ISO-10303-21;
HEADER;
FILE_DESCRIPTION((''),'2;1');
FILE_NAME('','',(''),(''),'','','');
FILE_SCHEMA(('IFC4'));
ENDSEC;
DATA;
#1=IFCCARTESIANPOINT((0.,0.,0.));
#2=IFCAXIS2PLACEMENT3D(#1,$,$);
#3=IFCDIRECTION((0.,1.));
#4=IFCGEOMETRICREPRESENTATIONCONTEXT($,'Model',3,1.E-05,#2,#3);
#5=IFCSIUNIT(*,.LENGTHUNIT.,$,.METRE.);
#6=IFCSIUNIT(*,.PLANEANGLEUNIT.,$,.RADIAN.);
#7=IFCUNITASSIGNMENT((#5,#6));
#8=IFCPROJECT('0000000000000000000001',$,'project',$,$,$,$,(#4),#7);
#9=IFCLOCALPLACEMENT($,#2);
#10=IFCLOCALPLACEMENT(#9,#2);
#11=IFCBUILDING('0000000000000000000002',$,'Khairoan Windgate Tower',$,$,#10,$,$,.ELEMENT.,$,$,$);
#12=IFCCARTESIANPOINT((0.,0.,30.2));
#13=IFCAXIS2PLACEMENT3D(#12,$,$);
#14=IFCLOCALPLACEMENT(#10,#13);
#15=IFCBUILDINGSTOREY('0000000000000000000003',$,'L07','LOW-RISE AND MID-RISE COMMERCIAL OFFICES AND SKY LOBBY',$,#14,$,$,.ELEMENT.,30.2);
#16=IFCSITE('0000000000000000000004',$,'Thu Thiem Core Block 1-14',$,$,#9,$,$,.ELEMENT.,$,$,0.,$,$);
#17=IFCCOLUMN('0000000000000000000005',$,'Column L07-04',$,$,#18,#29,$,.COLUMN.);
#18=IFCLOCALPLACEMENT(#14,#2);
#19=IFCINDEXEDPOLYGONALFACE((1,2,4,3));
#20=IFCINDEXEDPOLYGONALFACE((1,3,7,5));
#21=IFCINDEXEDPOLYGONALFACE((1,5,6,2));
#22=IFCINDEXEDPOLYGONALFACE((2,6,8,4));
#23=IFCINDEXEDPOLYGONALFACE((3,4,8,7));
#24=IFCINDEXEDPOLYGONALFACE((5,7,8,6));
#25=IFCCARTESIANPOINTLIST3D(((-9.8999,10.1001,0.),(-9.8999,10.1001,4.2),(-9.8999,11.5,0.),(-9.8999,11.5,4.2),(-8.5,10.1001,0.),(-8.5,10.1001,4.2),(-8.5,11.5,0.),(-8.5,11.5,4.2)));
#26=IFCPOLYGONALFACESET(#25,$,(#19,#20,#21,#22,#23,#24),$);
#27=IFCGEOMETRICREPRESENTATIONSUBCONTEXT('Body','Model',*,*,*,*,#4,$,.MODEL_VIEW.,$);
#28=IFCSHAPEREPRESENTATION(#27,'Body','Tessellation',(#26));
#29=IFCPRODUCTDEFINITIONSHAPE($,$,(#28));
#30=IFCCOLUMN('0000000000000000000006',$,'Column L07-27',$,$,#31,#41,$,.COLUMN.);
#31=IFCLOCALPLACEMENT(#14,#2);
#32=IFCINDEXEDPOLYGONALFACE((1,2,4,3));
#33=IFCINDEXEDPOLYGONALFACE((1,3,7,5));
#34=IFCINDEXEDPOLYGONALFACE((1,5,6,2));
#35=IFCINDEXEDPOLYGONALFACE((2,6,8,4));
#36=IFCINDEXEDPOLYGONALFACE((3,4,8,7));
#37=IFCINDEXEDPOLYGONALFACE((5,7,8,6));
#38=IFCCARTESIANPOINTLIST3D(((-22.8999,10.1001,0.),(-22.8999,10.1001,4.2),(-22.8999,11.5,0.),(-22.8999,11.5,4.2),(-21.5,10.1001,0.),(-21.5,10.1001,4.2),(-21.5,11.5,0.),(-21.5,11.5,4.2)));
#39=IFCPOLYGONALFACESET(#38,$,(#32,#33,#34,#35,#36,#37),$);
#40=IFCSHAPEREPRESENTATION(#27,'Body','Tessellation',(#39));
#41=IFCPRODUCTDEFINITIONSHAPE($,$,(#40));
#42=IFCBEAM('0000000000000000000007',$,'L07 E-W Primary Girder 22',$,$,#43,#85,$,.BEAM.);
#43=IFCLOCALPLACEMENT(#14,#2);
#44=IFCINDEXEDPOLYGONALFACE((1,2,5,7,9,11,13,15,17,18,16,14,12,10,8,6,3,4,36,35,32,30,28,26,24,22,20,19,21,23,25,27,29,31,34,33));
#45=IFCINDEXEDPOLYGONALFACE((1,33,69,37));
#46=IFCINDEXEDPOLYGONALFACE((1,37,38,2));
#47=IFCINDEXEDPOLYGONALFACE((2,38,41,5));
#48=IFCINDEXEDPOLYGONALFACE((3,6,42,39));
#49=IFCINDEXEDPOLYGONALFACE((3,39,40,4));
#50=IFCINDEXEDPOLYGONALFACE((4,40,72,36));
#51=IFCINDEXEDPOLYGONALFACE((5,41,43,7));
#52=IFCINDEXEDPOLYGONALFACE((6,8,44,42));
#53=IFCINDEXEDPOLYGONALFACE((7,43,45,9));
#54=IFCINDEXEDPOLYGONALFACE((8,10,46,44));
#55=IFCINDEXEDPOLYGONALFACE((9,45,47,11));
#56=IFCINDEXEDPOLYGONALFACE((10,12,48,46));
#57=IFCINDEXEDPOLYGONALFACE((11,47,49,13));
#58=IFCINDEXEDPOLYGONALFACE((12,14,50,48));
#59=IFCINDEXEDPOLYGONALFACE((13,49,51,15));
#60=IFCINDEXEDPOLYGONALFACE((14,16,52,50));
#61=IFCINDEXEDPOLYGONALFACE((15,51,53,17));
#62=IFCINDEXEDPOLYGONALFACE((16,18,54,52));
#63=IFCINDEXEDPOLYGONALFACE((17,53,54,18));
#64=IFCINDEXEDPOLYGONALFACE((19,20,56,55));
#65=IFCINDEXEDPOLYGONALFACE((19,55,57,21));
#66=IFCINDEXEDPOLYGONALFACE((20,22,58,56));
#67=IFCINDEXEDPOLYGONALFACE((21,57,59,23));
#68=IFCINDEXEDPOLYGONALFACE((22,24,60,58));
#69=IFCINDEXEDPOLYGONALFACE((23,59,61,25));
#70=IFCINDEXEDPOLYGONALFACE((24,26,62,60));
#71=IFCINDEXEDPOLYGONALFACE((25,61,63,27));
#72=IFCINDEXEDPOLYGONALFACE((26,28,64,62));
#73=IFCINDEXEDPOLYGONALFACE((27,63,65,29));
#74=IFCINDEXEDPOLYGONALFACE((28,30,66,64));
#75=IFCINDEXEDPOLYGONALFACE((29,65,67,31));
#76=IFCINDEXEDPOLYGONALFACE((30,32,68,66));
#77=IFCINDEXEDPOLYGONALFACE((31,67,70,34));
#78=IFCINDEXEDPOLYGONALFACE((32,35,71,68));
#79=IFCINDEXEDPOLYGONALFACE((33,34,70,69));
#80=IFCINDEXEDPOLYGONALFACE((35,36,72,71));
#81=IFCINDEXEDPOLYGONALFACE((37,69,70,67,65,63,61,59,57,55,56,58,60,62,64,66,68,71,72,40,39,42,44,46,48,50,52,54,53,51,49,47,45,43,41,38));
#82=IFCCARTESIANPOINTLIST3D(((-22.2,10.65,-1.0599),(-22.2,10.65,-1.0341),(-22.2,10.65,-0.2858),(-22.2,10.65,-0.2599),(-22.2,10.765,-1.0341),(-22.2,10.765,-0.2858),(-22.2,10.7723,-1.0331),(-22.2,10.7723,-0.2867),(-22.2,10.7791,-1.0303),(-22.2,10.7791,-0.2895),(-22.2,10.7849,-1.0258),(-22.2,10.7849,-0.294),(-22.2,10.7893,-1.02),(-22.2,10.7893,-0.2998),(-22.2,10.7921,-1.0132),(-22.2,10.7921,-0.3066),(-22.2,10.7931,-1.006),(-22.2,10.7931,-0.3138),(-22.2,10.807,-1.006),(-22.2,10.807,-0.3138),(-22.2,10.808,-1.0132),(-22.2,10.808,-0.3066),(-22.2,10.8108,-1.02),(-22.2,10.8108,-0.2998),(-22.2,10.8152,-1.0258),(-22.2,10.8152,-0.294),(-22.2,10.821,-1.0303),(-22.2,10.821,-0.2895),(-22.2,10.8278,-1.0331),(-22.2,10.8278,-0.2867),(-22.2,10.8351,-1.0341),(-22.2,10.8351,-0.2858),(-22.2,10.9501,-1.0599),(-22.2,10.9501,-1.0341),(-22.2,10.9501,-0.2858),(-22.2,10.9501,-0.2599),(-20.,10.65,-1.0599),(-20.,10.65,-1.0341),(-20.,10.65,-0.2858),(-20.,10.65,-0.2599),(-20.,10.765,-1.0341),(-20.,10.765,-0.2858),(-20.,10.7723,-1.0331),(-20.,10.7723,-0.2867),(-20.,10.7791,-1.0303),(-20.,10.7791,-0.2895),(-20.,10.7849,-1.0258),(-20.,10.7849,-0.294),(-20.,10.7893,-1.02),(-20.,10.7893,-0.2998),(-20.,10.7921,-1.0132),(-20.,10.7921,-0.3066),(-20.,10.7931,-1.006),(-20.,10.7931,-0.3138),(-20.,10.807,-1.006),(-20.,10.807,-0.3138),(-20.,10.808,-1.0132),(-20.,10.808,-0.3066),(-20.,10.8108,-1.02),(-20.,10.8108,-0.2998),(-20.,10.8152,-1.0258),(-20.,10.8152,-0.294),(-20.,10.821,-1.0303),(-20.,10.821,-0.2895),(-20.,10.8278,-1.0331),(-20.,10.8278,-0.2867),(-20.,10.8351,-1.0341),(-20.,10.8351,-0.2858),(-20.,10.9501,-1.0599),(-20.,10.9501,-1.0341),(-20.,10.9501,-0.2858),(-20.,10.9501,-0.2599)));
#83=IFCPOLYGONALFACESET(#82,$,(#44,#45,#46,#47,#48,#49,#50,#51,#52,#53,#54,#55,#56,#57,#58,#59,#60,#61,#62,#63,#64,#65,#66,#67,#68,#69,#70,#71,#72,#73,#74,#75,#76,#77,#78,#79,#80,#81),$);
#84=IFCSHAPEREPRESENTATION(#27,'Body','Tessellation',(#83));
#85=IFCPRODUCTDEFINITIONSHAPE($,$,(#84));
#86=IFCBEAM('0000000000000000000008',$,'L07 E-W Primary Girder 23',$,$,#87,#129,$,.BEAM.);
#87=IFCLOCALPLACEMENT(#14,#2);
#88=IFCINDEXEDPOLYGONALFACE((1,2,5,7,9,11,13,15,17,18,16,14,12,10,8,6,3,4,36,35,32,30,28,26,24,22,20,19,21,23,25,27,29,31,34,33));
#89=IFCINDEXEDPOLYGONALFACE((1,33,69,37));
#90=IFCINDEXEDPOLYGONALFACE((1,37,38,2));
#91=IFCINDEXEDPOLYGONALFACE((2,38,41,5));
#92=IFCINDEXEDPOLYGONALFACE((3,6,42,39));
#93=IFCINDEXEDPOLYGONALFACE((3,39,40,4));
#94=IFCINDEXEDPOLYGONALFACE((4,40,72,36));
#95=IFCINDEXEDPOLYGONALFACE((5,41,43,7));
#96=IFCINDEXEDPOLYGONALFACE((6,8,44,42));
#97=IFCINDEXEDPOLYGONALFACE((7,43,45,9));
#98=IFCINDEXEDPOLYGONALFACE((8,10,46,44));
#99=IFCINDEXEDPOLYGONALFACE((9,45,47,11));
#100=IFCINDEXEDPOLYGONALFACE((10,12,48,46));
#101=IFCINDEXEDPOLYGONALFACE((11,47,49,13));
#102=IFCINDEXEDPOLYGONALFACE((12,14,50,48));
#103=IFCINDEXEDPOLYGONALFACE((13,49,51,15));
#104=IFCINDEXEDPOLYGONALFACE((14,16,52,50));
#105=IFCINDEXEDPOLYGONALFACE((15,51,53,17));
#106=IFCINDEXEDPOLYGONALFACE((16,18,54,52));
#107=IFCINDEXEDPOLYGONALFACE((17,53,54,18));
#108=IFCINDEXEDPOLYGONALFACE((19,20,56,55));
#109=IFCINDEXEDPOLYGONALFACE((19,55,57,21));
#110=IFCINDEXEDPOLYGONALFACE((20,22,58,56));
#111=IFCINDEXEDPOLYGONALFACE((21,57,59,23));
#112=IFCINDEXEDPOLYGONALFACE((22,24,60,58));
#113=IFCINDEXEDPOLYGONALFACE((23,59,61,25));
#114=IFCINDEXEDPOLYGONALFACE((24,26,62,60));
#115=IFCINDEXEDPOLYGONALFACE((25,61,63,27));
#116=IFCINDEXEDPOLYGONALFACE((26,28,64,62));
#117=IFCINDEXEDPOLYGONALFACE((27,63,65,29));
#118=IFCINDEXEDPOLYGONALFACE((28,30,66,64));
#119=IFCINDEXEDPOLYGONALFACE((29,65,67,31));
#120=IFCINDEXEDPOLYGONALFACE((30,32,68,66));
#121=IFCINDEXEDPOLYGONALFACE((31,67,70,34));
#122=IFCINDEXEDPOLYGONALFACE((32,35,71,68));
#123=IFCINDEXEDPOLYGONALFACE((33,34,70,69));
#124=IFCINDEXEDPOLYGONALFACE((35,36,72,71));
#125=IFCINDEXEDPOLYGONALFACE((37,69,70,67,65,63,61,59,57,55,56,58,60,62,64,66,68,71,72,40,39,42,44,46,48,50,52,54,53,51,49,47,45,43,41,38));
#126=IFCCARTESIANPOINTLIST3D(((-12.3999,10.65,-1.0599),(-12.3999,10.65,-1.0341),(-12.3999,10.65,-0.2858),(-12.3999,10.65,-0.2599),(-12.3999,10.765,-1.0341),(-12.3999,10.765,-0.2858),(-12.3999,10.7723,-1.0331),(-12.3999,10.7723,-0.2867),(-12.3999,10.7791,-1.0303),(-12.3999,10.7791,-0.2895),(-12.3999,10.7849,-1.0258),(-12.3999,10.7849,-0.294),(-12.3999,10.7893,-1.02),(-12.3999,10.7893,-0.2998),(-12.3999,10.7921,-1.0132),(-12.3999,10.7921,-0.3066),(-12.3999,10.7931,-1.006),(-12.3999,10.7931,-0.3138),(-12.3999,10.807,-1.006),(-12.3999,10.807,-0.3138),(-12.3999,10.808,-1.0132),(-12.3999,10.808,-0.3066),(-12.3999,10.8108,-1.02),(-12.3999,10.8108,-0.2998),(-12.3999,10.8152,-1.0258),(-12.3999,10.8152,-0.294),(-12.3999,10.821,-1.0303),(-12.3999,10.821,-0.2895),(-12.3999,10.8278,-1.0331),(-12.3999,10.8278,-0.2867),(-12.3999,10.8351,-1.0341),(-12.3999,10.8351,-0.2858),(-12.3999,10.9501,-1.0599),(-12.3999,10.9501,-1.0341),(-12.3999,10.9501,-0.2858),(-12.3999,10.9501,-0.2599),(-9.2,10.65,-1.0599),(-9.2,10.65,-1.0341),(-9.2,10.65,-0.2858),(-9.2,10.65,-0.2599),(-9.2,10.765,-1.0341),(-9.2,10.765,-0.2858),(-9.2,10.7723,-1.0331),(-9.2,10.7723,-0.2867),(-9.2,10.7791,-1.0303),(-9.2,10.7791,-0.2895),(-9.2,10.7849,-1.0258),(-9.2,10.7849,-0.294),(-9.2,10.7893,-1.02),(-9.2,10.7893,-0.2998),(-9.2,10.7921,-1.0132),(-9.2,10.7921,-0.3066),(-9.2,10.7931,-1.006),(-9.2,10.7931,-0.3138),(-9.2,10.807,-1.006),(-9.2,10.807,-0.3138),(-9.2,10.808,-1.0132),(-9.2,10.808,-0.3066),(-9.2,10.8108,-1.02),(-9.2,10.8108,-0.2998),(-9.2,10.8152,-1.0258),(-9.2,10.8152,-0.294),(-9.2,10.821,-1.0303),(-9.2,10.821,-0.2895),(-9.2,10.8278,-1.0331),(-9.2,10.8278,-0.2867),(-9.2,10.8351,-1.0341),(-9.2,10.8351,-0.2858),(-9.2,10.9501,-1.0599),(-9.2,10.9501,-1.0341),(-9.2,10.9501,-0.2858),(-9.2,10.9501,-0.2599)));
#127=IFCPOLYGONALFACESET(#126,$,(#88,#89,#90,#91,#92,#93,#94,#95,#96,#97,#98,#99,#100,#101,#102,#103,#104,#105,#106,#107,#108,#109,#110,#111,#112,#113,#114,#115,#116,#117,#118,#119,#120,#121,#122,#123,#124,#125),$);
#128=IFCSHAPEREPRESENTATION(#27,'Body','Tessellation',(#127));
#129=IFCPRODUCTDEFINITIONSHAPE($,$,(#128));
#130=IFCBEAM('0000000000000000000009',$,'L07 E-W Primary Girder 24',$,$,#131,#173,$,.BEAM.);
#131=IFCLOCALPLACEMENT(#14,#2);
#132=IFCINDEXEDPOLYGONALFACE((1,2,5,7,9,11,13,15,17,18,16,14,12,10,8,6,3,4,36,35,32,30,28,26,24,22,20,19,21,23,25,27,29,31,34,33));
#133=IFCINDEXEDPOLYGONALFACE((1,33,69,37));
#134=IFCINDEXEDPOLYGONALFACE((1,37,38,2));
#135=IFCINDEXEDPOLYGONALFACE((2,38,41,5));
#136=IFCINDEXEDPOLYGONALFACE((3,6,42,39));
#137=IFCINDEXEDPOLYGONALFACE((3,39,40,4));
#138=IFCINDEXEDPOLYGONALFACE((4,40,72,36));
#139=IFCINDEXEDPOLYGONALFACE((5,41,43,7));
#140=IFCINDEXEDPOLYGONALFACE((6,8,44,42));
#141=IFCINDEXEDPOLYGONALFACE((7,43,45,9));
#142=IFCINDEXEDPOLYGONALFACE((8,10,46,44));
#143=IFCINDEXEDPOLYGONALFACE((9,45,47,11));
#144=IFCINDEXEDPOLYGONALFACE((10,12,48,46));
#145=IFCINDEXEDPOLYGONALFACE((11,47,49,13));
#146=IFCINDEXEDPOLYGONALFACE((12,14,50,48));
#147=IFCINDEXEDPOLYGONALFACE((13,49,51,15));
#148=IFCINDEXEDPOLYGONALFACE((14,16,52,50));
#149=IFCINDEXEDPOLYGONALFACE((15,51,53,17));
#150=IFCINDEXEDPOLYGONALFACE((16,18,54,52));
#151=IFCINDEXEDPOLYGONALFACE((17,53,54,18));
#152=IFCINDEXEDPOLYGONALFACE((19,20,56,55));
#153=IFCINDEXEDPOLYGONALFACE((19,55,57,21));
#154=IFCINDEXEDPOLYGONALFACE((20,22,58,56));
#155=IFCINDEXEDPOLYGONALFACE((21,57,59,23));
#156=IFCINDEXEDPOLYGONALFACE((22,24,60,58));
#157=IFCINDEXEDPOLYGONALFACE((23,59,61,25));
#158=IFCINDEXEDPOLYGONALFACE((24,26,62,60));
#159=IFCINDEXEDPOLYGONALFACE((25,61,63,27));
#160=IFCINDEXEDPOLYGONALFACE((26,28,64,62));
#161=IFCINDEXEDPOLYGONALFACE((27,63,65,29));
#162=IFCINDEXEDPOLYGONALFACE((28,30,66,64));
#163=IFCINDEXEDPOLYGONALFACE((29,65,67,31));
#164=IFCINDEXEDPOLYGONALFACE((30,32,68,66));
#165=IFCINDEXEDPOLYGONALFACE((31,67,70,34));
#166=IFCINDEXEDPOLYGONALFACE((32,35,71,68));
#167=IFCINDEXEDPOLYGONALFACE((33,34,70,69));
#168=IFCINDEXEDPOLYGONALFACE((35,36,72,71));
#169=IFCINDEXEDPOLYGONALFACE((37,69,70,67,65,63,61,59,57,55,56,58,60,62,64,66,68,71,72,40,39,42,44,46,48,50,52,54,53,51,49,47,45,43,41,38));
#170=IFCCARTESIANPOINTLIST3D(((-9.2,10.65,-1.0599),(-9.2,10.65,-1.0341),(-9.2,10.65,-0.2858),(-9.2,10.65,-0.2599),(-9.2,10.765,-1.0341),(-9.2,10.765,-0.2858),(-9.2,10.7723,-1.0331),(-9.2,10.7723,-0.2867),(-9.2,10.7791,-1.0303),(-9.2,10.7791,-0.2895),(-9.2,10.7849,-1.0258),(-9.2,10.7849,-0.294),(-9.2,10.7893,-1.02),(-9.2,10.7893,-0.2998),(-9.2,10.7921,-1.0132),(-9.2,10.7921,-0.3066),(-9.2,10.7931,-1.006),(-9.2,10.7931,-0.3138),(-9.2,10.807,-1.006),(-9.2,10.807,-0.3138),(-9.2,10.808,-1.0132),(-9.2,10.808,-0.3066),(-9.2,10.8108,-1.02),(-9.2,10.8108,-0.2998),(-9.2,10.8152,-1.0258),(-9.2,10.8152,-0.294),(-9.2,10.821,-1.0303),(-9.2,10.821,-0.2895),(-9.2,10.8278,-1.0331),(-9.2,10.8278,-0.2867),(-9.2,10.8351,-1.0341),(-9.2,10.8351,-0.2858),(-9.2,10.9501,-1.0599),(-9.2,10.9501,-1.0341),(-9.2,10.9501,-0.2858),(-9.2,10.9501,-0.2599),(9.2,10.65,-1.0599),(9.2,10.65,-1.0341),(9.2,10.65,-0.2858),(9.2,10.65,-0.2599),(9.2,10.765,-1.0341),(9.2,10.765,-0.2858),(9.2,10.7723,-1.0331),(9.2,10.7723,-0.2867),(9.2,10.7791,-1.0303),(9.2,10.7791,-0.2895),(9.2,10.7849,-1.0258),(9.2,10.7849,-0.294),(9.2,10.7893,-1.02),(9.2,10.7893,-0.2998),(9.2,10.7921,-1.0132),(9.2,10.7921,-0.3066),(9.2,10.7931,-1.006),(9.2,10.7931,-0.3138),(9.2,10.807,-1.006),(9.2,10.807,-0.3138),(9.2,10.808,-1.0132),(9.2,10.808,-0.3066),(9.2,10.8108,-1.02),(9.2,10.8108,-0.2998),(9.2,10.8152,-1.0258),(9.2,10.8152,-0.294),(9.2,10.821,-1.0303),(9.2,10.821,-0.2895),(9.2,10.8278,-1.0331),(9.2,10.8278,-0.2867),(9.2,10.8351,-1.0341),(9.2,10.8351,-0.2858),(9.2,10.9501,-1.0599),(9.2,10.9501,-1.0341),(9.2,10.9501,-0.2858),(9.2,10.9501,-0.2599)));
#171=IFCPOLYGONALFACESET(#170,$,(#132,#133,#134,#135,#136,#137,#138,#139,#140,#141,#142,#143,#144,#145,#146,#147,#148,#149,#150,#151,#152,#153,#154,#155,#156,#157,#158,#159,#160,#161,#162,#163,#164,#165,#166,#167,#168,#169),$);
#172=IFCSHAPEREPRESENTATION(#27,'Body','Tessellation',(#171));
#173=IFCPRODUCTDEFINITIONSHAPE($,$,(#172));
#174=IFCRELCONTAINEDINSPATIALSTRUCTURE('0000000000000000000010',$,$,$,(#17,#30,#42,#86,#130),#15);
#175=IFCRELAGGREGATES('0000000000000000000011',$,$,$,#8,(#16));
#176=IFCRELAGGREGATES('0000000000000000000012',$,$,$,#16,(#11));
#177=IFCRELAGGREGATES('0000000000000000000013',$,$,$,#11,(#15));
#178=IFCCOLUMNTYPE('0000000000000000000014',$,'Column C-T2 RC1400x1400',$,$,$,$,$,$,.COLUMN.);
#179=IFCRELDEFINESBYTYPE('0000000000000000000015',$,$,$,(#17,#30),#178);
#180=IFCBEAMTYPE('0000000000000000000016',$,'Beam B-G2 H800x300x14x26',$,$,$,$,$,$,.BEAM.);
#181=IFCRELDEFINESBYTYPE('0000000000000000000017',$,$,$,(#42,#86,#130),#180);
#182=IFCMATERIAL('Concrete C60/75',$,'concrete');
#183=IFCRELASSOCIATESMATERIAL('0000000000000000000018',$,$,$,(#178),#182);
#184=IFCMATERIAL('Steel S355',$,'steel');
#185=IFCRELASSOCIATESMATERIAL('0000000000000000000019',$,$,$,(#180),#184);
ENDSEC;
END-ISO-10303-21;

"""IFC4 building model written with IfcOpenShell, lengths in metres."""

from ifc_helpers import new_model, si_unit, direction, frame, origin, origin_2d, place, context, subcontext, project, spatial, rectangle, i_section, extrude, material, material_profile, profile_set, type_object, element, save


model = new_model("IFC4")

# Units and contexts
model_context = context("Model", 3, precision=1e-05, world=origin(), true_north=direction((0.0, 1.0)))
body_context = subcontext(model_context, "Body", "Model", "MODEL_VIEW")
ifc_project = project(units=[si_unit("LENGTHUNIT", "METRE"), si_unit("PLANEANGLEUNIT", "RADIAN")], contexts=[model_context])

# Site, building, storey
site_placement = place(None, origin())
site = spatial("IfcSite", under=ifc_project, at=site_placement, Name="Thu Thiem Core Block 1-14", CompositionType="ELEMENT", RefElevation=0.0)
building_placement = place(site_placement, origin())
building = spatial("IfcBuilding", under=site, at=building_placement, Name="Khairoan Windgate Tower", CompositionType="ELEMENT")
storey_placement = place(building_placement, frame((0.0, 0.0, 30.2)))
storey = spatial("IfcBuildingStorey", under=building, at=storey_placement, Name="L07", Description="LOW-RISE AND MID-RISE COMMERCIAL OFFICES AND SKY LOBBY", CompositionType="ELEMENT", Elevation=30.2)

# Columns
ifc_material_1 = material(Name="Concrete C60/75", Category="concrete")
ifc_material_profile_1 = material_profile(ifc_material_1, rectangle(XDim=1.3999, YDim=1.3999, at=origin_2d()))
ifc_profile_set_1 = profile_set([ifc_material_profile_1], Name="Concrete C60/75")
column_type = type_object("IfcColumnType", Name="Column C-T2 RC1400x1400", PredefinedType="COLUMN", material=ifc_profile_set_1)
for number, where, z_axis, x_axis, name in (
    (1, (-9.2, 10.8, 0.0), (0.0, 0.0, 1.0), (1.0, 0.0, 0.0), "Column L07-04"),
    (2, (-22.2, 10.8, 0.0), (0.0, 0.0, 1.0), (1.0, 0.0, 0.0), "Column L07-27"),
):
    element("IfcColumn", number, at=place(storey_placement, frame(where, z_axis=z_axis, x_axis=x_axis)), inside=storey, type_object=column_type, Name=name, PredefinedType="COLUMN", context=body_context, shape_type="SweptSolid", body=[
        extrude(rectangle(XDim=1.3999, YDim=1.3999, at=origin_2d()), origin(), (0.0, 0.0, 1.0), 4.2),
    ])

# Beams
ifc_material_2 = material(Name="Steel S355", Category="steel")
ifc_material_profile_2 = material_profile(ifc_material_2, i_section(OverallWidth=0.3, OverallDepth=0.8, WebThickness=0.0139, FlangeThickness=0.0259, FilletRadius=0.0281, at=origin_2d()))
ifc_profile_set_2 = profile_set([ifc_material_profile_2], Name="Steel S355")
beam_type = type_object("IfcBeamType", Name="Beam B-G2 H800x300x14x26", PredefinedType="BEAM", material=ifc_profile_set_2)
beam_1_placement = place(storey_placement, frame((-22.2, 10.8, -0.6599), z_axis=(1.0, 0.0, 0.0), x_axis=(0.0, 1.0, 0.0)))
element("IfcBeam", 3, at=beam_1_placement, inside=storey, type_object=beam_type, Name="L07 E-W Primary Girder 22", PredefinedType="BEAM", context=body_context, shape_type="SweptSolid", body=[
    extrude(i_section(OverallWidth=0.3, OverallDepth=0.8, WebThickness=0.0139, FlangeThickness=0.0259, FilletRadius=0.0281, at=origin_2d()), origin(), (0.0, 0.0, 1.0), 2.2),
])
beam_2_placement = place(storey_placement, frame((-12.3999, 10.8, -0.6599), z_axis=(1.0, 0.0, 0.0), x_axis=(0.0, 1.0, 0.0)))
element("IfcBeam", 4, at=beam_2_placement, inside=storey, type_object=beam_type, Name="L07 E-W Primary Girder 23", PredefinedType="BEAM", context=body_context, shape_type="SweptSolid", body=[
    extrude(i_section(OverallWidth=0.3, OverallDepth=0.8, WebThickness=0.0139, FlangeThickness=0.0259, FilletRadius=0.0281, at=origin_2d()), origin(), (0.0, 0.0, 1.0), 3.2),
])
beam_3_placement = place(storey_placement, frame((-9.2, 10.8, -0.6599), z_axis=(1.0, 0.0, 0.0), x_axis=(0.0, 1.0, 0.0)))
element("IfcBeam", 5, at=beam_3_placement, inside=storey, type_object=beam_type, Name="L07 E-W Primary Girder 24", PredefinedType="BEAM", context=body_context, shape_type="SweptSolid", body=[
    extrude(i_section(OverallWidth=0.3, OverallDepth=0.8, WebThickness=0.0139, FlangeThickness=0.0259, FilletRadius=0.0281, at=origin_2d()), origin(), (0.0, 0.0, 1.0), 18.3999),
])

save(model, "model.ifc")
